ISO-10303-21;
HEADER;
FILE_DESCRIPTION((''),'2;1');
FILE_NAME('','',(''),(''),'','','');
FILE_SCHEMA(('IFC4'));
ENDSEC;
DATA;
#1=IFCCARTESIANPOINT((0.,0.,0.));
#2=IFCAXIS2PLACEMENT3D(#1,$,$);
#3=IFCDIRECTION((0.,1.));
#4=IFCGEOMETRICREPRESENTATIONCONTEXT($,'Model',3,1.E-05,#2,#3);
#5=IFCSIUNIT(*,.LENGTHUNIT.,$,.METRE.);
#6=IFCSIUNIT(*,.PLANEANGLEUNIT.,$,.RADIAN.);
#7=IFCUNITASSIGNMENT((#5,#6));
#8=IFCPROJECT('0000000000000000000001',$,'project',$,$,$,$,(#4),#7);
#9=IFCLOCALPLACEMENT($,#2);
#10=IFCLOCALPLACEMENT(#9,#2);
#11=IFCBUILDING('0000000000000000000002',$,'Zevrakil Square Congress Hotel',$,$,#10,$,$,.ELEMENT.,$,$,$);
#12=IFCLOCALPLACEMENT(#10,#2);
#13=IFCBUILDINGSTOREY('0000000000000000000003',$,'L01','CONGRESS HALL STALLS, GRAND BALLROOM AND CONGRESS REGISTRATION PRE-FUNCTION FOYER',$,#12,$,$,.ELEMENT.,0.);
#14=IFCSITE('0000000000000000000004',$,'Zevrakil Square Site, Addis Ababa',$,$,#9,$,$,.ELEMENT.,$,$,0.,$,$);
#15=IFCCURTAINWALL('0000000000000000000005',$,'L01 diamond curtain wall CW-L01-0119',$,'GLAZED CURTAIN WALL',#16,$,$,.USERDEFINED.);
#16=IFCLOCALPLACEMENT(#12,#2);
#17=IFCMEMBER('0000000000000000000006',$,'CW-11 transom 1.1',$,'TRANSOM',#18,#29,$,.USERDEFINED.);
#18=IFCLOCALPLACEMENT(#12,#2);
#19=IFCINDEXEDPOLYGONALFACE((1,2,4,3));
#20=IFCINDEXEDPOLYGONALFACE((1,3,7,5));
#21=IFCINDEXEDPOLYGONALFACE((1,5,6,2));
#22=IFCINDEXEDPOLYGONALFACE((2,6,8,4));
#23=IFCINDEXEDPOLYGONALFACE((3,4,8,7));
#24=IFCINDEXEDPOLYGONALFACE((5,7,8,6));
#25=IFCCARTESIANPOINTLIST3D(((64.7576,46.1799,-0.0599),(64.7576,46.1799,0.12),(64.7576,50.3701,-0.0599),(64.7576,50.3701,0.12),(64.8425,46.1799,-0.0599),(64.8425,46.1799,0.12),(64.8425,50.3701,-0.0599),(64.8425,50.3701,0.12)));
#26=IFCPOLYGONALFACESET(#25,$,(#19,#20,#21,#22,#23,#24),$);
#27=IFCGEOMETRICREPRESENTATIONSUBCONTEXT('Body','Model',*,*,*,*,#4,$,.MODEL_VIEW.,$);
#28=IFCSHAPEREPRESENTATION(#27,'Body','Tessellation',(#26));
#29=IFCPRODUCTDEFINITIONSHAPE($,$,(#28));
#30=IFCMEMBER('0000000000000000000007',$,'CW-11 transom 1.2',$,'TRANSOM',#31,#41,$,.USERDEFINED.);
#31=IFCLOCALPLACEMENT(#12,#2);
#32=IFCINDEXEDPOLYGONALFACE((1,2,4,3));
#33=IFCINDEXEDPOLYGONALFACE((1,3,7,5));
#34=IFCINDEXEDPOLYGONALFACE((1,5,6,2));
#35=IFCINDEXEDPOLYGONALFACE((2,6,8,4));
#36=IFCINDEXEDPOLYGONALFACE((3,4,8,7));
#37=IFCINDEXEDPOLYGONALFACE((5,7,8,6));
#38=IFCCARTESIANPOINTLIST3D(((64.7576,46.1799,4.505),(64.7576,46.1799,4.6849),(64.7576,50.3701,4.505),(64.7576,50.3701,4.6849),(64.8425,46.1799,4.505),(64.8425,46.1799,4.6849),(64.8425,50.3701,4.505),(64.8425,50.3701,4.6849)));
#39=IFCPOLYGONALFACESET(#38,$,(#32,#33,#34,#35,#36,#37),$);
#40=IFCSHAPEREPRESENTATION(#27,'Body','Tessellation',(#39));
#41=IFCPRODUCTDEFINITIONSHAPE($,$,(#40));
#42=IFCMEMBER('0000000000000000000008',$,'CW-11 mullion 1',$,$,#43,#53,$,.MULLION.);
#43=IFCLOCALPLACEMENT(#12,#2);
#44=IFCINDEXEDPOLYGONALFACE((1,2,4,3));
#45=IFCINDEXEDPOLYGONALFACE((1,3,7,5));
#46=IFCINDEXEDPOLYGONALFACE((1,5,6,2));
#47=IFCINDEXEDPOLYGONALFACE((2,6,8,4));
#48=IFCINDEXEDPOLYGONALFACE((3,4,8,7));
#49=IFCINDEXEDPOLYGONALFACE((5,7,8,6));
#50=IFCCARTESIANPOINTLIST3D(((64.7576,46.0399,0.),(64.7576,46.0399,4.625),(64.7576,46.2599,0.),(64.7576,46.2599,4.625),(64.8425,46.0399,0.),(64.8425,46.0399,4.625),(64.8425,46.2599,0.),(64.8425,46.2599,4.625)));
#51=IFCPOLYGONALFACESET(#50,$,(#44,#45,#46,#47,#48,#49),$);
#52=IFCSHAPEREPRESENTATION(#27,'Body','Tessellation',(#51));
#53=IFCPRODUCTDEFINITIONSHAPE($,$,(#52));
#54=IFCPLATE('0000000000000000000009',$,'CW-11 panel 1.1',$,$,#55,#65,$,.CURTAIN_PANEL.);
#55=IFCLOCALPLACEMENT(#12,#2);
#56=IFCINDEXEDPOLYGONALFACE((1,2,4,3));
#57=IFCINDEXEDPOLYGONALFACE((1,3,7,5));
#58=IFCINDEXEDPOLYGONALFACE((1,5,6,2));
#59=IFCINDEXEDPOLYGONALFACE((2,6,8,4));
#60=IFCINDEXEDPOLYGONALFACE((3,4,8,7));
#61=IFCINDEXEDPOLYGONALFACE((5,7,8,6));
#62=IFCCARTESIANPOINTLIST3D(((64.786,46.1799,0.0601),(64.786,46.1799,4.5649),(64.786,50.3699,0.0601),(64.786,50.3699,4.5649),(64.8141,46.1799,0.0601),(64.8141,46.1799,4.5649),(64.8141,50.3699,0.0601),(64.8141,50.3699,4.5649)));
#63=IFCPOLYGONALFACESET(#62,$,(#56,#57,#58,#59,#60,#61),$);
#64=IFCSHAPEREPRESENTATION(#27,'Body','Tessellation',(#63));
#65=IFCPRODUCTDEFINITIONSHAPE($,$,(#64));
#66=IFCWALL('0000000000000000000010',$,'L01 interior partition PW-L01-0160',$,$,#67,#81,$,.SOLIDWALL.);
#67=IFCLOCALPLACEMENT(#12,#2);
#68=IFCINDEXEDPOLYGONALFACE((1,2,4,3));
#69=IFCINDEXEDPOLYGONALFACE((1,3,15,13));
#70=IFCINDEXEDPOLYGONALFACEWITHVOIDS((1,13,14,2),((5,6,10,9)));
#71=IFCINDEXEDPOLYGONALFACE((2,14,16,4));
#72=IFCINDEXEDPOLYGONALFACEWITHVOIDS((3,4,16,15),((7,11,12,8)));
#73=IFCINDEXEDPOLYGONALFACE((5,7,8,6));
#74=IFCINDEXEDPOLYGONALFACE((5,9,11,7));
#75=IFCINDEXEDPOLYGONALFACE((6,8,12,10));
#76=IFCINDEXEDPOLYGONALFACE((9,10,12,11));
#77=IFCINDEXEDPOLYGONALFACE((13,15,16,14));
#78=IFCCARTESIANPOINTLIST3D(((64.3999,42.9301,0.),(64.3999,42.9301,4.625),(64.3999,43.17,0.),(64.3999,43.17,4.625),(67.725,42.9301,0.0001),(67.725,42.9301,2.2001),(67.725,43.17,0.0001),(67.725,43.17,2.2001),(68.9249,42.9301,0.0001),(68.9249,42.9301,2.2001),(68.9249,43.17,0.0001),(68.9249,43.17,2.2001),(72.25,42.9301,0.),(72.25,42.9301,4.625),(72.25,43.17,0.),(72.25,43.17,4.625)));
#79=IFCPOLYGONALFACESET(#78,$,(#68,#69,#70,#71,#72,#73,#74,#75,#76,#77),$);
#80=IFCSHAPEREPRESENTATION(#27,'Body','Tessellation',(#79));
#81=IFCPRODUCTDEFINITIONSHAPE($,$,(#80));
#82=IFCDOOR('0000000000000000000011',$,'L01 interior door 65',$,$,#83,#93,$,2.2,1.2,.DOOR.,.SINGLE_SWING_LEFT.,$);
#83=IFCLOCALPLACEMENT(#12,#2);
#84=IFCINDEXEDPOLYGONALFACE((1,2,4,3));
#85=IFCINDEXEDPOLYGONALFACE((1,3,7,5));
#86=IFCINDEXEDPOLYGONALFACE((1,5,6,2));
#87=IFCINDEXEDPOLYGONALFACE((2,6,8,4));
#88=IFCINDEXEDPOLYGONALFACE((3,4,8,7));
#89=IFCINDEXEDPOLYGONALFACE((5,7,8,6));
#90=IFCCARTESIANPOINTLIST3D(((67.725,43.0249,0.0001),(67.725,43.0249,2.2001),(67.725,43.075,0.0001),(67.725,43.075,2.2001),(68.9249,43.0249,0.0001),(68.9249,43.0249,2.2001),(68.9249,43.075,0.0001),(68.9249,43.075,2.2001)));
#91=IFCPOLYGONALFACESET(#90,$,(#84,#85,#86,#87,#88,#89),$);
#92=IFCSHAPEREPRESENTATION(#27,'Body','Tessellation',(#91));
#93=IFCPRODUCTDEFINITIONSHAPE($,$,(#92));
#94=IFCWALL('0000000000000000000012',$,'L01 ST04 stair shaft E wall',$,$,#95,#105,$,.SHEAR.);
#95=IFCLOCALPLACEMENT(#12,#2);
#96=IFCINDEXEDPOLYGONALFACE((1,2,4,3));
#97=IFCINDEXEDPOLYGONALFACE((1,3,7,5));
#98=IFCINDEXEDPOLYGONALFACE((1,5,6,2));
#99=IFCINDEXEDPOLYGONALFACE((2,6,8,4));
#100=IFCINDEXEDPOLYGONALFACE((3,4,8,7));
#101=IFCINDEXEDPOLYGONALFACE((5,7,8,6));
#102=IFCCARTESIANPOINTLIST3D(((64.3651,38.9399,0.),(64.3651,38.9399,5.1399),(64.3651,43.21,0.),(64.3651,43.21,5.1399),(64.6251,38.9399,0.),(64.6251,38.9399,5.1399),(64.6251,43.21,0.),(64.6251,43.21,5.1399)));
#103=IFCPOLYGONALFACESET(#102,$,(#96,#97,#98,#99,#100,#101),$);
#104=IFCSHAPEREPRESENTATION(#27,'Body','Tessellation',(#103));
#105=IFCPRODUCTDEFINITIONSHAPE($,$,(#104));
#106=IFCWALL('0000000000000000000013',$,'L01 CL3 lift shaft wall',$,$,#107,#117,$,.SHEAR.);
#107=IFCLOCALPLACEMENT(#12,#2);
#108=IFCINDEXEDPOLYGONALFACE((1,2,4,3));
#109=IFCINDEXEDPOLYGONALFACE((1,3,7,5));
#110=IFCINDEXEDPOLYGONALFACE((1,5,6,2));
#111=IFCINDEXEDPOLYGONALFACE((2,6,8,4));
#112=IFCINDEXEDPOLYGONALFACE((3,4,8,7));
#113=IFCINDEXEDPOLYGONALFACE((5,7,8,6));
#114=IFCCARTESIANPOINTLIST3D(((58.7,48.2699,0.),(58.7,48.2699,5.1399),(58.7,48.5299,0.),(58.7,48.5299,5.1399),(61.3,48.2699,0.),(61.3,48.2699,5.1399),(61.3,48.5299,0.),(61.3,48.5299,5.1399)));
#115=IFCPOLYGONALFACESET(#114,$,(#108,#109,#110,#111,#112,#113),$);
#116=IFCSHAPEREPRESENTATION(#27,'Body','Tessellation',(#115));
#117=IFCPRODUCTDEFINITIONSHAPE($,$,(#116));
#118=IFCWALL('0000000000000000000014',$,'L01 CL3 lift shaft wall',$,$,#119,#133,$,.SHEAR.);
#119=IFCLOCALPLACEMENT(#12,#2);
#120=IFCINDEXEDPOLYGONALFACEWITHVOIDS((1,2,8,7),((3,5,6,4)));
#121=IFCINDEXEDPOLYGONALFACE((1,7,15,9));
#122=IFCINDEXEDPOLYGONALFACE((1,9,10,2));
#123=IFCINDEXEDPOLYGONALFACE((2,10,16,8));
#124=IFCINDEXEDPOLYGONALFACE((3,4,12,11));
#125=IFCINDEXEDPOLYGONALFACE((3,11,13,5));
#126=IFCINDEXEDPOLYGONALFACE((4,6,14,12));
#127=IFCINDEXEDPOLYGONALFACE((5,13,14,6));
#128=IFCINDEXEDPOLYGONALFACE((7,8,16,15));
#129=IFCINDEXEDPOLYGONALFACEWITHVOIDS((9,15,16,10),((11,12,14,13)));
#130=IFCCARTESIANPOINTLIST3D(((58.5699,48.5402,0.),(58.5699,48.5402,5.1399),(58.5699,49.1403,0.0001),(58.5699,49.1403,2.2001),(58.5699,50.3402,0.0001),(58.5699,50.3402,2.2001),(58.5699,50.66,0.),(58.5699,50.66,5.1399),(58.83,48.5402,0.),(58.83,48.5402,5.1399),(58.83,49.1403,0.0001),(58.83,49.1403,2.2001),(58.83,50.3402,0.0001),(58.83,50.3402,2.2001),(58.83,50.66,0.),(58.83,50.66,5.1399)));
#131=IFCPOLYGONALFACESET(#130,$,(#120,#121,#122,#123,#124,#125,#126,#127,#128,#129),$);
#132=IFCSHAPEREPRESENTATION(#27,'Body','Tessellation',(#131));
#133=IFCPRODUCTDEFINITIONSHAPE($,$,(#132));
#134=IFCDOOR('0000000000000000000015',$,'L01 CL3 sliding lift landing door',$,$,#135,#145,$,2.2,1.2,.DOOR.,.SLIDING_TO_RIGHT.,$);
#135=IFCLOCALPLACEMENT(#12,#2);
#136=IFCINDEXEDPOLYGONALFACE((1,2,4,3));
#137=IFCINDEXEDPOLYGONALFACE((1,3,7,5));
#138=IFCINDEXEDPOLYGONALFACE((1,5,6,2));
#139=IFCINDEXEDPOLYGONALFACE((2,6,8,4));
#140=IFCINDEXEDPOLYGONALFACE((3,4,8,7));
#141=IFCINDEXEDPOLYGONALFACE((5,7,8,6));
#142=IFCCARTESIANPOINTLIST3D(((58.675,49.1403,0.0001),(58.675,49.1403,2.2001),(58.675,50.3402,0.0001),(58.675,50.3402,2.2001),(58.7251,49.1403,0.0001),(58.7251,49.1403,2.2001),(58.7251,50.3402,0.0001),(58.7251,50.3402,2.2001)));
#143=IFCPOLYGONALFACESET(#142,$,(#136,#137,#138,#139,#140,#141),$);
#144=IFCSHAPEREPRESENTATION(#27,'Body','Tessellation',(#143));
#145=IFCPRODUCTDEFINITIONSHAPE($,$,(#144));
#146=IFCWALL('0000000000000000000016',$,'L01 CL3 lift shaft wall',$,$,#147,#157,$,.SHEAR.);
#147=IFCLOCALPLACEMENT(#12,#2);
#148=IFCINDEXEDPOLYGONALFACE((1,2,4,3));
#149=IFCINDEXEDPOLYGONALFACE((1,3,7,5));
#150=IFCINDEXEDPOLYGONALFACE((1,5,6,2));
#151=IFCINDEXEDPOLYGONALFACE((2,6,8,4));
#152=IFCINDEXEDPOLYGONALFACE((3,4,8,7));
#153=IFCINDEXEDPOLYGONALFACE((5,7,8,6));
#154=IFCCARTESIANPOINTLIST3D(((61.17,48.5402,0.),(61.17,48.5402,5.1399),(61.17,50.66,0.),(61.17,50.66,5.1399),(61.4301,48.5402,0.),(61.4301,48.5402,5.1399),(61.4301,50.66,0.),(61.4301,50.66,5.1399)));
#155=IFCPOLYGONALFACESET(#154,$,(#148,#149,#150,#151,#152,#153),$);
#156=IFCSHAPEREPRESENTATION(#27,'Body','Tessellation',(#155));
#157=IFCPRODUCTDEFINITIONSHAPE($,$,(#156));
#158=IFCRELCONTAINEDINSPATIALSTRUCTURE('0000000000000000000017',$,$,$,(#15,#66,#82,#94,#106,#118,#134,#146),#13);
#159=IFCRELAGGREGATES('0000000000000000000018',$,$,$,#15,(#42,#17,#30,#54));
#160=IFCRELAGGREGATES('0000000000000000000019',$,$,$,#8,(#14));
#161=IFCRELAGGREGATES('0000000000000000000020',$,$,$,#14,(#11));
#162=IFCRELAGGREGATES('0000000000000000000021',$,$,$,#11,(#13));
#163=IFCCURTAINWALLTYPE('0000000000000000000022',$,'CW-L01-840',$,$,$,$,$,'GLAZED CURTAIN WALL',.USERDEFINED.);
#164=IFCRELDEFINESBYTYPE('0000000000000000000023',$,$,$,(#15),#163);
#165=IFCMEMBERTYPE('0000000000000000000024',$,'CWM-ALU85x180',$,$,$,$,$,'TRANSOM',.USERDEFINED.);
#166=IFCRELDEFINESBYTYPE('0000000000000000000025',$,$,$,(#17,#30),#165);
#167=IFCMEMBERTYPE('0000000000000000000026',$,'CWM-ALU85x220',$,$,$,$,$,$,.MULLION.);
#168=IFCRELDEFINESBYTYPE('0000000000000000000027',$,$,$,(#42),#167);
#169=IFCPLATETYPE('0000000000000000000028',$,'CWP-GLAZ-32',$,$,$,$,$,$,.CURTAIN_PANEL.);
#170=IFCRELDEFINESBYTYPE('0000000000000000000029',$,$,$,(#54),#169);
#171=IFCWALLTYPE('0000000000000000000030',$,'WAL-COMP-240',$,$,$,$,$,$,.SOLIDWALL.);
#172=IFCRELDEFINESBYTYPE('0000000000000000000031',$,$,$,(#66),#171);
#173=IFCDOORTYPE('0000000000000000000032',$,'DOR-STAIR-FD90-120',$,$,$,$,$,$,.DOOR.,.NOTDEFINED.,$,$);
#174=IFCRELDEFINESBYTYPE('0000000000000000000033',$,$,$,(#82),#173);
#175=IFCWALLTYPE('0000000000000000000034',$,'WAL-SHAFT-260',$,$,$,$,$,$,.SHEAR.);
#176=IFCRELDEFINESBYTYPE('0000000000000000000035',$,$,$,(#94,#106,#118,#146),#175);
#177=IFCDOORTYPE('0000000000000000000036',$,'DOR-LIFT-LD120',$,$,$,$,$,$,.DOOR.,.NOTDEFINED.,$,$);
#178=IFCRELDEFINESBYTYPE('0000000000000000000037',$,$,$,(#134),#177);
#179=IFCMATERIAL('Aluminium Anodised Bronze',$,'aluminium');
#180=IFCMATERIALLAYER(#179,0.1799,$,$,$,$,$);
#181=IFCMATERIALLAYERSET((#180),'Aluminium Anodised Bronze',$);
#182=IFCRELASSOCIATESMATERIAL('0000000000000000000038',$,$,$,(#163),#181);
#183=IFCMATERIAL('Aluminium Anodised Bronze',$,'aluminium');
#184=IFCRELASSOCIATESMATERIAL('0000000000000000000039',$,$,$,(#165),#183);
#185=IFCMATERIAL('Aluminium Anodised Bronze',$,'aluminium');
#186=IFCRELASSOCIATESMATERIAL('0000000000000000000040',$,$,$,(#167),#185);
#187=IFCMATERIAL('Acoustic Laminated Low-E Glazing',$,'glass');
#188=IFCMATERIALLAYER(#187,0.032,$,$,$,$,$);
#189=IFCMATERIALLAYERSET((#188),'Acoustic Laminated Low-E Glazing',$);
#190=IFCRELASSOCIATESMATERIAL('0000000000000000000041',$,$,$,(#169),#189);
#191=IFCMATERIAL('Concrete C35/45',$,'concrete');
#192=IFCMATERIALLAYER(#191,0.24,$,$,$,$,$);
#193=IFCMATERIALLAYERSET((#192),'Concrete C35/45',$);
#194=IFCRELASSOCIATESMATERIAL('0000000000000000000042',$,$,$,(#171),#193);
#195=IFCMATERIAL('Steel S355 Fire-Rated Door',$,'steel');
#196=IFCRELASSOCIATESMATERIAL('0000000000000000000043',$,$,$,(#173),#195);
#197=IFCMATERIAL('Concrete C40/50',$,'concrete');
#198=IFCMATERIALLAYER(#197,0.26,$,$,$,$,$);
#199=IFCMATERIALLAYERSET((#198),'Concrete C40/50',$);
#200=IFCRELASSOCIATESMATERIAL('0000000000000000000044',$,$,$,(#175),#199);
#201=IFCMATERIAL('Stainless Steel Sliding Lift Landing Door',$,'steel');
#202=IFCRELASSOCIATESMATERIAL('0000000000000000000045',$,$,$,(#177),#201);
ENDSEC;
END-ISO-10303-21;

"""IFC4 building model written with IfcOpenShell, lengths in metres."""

from ifc_helpers import new_model, si_unit, direction, frame, frame_2d, origin, origin_2d, place, context, subcontext, project, spatial, rectangle, extrude, material, layer, layer_set, material_profile, profile_set, type_object, element, fill, aggregate, save


model = new_model("IFC4")

# Units and contexts
model_context = context("Model", 3, precision=1e-05, world=origin(), true_north=direction((0.0, 1.0)))
body_context = subcontext(model_context, "Body", "Model", "MODEL_VIEW")
ifc_project = project(units=[si_unit("LENGTHUNIT", "METRE"), si_unit("PLANEANGLEUNIT", "RADIAN")], contexts=[model_context])

# Site, building, storey
site_placement = place(None, origin())
site = spatial("IfcSite", under=ifc_project, at=site_placement, Name="Zevrakil Square Site, Addis Ababa", CompositionType="ELEMENT", RefElevation=0.0)
building_placement = place(site_placement, origin())
building = spatial("IfcBuilding", under=site, at=building_placement, Name="Zevrakil Square Congress Hotel", CompositionType="ELEMENT")
storey_placement = place(building_placement, origin())
storey = spatial("IfcBuildingStorey", under=building, at=storey_placement, Name="L01", Description="CONGRESS HALL STALLS, GRAND BALLROOM AND CONGRESS REGISTRATION PRE-FUNCTION FOYER", CompositionType="ELEMENT", Elevation=0.0)

# Curtain wall, members, plate
ifc_material_1 = material(Name="Aluminium Anodised Bronze", Category="aluminium")
ifc_layer_1 = layer(ifc_material_1, 0.1799)
ifc_layer_set_1 = layer_set([ifc_layer_1], Name="Aluminium Anodised Bronze")
curtain_wall_type = type_object("IfcCurtainWallType", Name="CW-L01-840", ElementType="GLAZED CURTAIN WALL", PredefinedType="USERDEFINED", material=ifc_layer_set_1)
curtain_wall_placement = place(storey_placement, origin())
curtain_wall = element("IfcCurtainWall", 1, at=curtain_wall_placement, inside=storey, type_object=curtain_wall_type, Name="L01 diamond curtain wall CW-L01-0119", ObjectType="GLAZED CURTAIN WALL", PredefinedType="USERDEFINED")
ifc_material_2 = material(Name="Aluminium Anodised Bronze", Category="aluminium")
ifc_material_profile_1 = material_profile(ifc_material_2, rectangle(XDim=0.085, YDim=0.1799, at=origin_2d()), Name="ALU 85x180")
ifc_profile_set_1 = profile_set([ifc_material_profile_1], Name="Aluminium Anodised Bronze")
member_type_1 = type_object("IfcMemberType", Name="CWM-ALU85x180", ElementType="TRANSOM", PredefinedType="USERDEFINED", material=ifc_profile_set_1)
member_1_placement = place(storey_placement, frame((64.8, 46.1799, 0.03), z_axis=(0.0, 1.0, 0.0), x_axis=(-1.0, 0.0, 0.0)))
member_1 = element("IfcMember", 2, at=member_1_placement, type_object=member_type_1, Name="CW-11 transom 1.1", ObjectType="TRANSOM", PredefinedType="USERDEFINED", context=body_context, shape_type="SweptSolid", body=[
    extrude(rectangle(XDim=0.085, YDim=0.1799, at=origin_2d()), origin(), (0.0, 0.0, 1.0), 4.1902),
])
member_2_placement = place(storey_placement, frame((64.8, 46.1799, 4.595), z_axis=(0.0, 1.0, 0.0), x_axis=(-1.0, 0.0, 0.0)))
member_2 = element("IfcMember", 3, at=member_2_placement, type_object=member_type_1, Name="CW-11 transom 1.2", ObjectType="TRANSOM", PredefinedType="USERDEFINED", context=body_context, shape_type="SweptSolid", body=[
    extrude(rectangle(XDim=0.085, YDim=0.1799, at=origin_2d()), origin(), (0.0, 0.0, 1.0), 4.1902),
])
ifc_material_3 = material(Name="Aluminium Anodised Bronze", Category="aluminium")
ifc_material_profile_2 = material_profile(ifc_material_3, rectangle(XDim=0.085, YDim=0.22, at=origin_2d()), Name="ALU 85x220")
ifc_profile_set_2 = profile_set([ifc_material_profile_2], Name="Aluminium Anodised Bronze")
member_type_2 = type_object("IfcMemberType", Name="CWM-ALU85x220", PredefinedType="MULLION", material=ifc_profile_set_2)
member_3_placement = place(storey_placement, frame((64.8, 46.1499, 0.0), z_axis=(0.0, 0.0, 1.0), x_axis=(-1.0, 0.0, 0.0)))
member_3 = element("IfcMember", 4, at=member_3_placement, type_object=member_type_2, Name="CW-11 mullion 1", PredefinedType="MULLION", context=body_context, shape_type="SweptSolid", body=[
    extrude(rectangle(XDim=0.085, YDim=0.22, at=origin_2d()), origin(), (0.0, 0.0, 1.0), 4.625),
])
ifc_material_4 = material(Name="Acoustic Laminated Low-E Glazing", Category="glass")
ifc_layer_2 = layer(ifc_material_4, 0.032)
ifc_layer_set_2 = layer_set([ifc_layer_2], Name="Acoustic Laminated Low-E Glazing")
plate_type = type_object("IfcPlateType", Name="CWP-GLAZ-32", PredefinedType="CURTAIN_PANEL", material=ifc_layer_set_2)
plate_placement = place(storey_placement, frame((64.8, 48.2749, 0.0601), z_axis=(0.0, 0.0, 1.0), x_axis=(0.0, 1.0, 0.0)))
plate = element("IfcPlate", 5, at=plate_placement, type_object=plate_type, Name="CW-11 panel 1.1", PredefinedType="CURTAIN_PANEL", context=body_context, shape_type="SweptSolid", body=[
    extrude(rectangle(XDim=4.1899, YDim=0.0281, at=origin_2d()), origin(), (0.0, 0.0, 1.0), 4.5049),
])
aggregate(curtain_wall, [member_3, member_1, member_2, plate])

# Wall, opening, door
ifc_material_5 = material(Name="Concrete C35/45", Category="concrete")
ifc_layer_3 = layer(ifc_material_5, 0.24)
ifc_layer_set_3 = layer_set([ifc_layer_3], Name="Concrete C35/45")
wall_type_1 = type_object("IfcWallType", Name="WAL-COMP-240", PredefinedType="SOLIDWALL", material=ifc_layer_set_3)
wall_1_placement = place(storey_placement, frame((64.3999, 43.05, 0.0), z_axis=(0.0, 0.0, 1.0), x_axis=(1.0, 0.0, 0.0)))
wall_1 = element("IfcWall", 6, at=wall_1_placement, inside=storey, type_object=wall_type_1, Name="L01 interior partition PW-L01-0160", PredefinedType="SOLIDWALL", context=body_context, shape_type="SweptSolid", body=[
    extrude(rectangle(XDim=7.8501, YDim=0.24, at=frame_2d((3.925, 0.0))), origin(), (0.0, 0.0, 1.0), 4.625),
])
opening_1_placement = place(wall_1_placement, frame((3.325, 0.0, 0.0)))
opening_1 = element("IfcOpeningElement", 7, at=opening_1_placement, cuts=wall_1, PredefinedType="OPENING", context=body_context, shape_type="SweptSolid", body=[
    extrude(rectangle(XDim=1.2, YDim=2.2, at=frame_2d((0.6001, 1.1001))), frame((0.0, 0.1299, 0.0), z_axis=(0.0, -1.0, 0.0), x_axis=(1.0, 0.0, 0.0)), (0.0, 0.0, 1.0), 0.26),
])
ifc_material_6 = material(Name="Steel S355 Fire-Rated Door", Category="steel")
door_type_1 = type_object("IfcDoorType", Name="DOR-STAIR-FD90-120", OperationType="NOTDEFINED", PredefinedType="DOOR", material=ifc_material_6)
door_1_placement = place(opening_1_placement, origin())
door_1 = element("IfcDoor", 8, at=door_1_placement, inside=storey, type_object=door_type_1, Name="L01 interior door 65", OperationType="SINGLE_SWING_LEFT", OverallHeight=2.2, OverallWidth=1.2, PredefinedType="DOOR", context=body_context, shape_type="SweptSolid", body=[
    extrude(rectangle(XDim=1.2, YDim=2.2, at=frame_2d((0.6001, 1.1001))), frame((0.0, 0.0249, 0.0), z_axis=(0.0, -1.0, 0.0), x_axis=(1.0, 0.0, 0.0)), (0.0, 0.0, 1.0), 0.05),
])
fill(opening_1, door_1)

# Walls
ifc_material_7 = material(Name="Concrete C40/50", Category="concrete")
ifc_layer_4 = layer(ifc_material_7, 0.26)
ifc_layer_set_4 = layer_set([ifc_layer_4], Name="Concrete C40/50")
wall_type_2 = type_object("IfcWallType", Name="WAL-SHAFT-260", PredefinedType="SHEAR", material=ifc_layer_set_4)
wall_2_placement = place(storey_placement, frame((64.4951, 38.9399, 0.0), z_axis=(0.0, 0.0, 1.0), x_axis=(0.0, 1.0, 0.0)))
element("IfcWall", 9, at=wall_2_placement, inside=storey, type_object=wall_type_2, Name="L01 ST04 stair shaft E wall", PredefinedType="SHEAR", context=body_context, shape_type="SweptSolid", body=[
    extrude(rectangle(XDim=4.27, YDim=0.26, at=frame_2d((2.135, 0.0))), origin(), (0.0, 0.0, 1.0), 5.1399),
])
wall_3_placement = place(storey_placement, frame((58.7, 48.3999, 0.0), z_axis=(0.0, 0.0, 1.0), x_axis=(1.0, 0.0, 0.0)))
element("IfcWall", 10, at=wall_3_placement, inside=storey, type_object=wall_type_2, Name="L01 CL3 lift shaft wall", PredefinedType="SHEAR", context=body_context, shape_type="SweptSolid", body=[
    extrude(rectangle(XDim=2.6001, YDim=0.26, at=frame_2d((1.3, 0.0))), origin(), (0.0, 0.0, 1.0), 5.1399),
])

# Wall, opening, door
wall_4_placement = place(storey_placement, frame((58.7, 48.54, 0.0), z_axis=(0.0, 0.0, 1.0), x_axis=(0.0, 1.0, 0.0)))
wall_4 = element("IfcWall", 11, at=wall_4_placement, inside=storey, type_object=wall_type_2, Name="L01 CL3 lift shaft wall", PredefinedType="SHEAR", context=body_context, shape_type="SweptSolid", body=[
    extrude(rectangle(XDim=2.1199, YDim=0.26, at=frame_2d((1.0601, 0.0))), origin(), (0.0, 0.0, 1.0), 5.1399),
])
opening_2_placement = place(wall_4_placement, frame((0.6001, 0.0, 0.0)))
opening_2 = element("IfcOpeningElement", 12, at=opening_2_placement, cuts=wall_4, PredefinedType="OPENING", context=body_context, shape_type="SweptSolid", body=[
    extrude(rectangle(XDim=1.2, YDim=2.2, at=frame_2d((0.6001, 1.1001))), frame((0.0, 0.1401, 0.0), z_axis=(0.0, -1.0, 0.0), x_axis=(1.0, 0.0, 0.0)), (0.0, 0.0, 1.0), 0.28),
])
ifc_material_8 = material(Name="Stainless Steel Sliding Lift Landing Door", Category="steel")
door_type_2 = type_object("IfcDoorType", Name="DOR-LIFT-LD120", OperationType="NOTDEFINED", PredefinedType="DOOR", material=ifc_material_8)
door_2_placement = place(opening_2_placement, origin())
door_2 = element("IfcDoor", 13, at=door_2_placement, inside=storey, type_object=door_type_2, Name="L01 CL3 sliding lift landing door", OperationType="SLIDING_TO_RIGHT", OverallHeight=2.2, OverallWidth=1.2, PredefinedType="DOOR", context=body_context, shape_type="SweptSolid", body=[
    extrude(rectangle(XDim=1.2, YDim=2.2, at=frame_2d((0.6001, 1.1001))), frame((0.0, 0.0249, 0.0), z_axis=(0.0, -1.0, 0.0), x_axis=(1.0, 0.0, 0.0)), (0.0, 0.0, 1.0), 0.05),
])
fill(opening_2, door_2)

# Wall
wall_5_placement = place(storey_placement, frame((61.3, 48.54, 0.0), z_axis=(0.0, 0.0, 1.0), x_axis=(0.0, 1.0, 0.0)))
element("IfcWall", 14, at=wall_5_placement, inside=storey, type_object=wall_type_2, Name="L01 CL3 lift shaft wall", PredefinedType="SHEAR", context=body_context, shape_type="SweptSolid", body=[
    extrude(rectangle(XDim=2.1199, YDim=0.26, at=frame_2d((1.0601, 0.0))), origin(), (0.0, 0.0, 1.0), 5.1399),
])

save(model, "model.ifc")
